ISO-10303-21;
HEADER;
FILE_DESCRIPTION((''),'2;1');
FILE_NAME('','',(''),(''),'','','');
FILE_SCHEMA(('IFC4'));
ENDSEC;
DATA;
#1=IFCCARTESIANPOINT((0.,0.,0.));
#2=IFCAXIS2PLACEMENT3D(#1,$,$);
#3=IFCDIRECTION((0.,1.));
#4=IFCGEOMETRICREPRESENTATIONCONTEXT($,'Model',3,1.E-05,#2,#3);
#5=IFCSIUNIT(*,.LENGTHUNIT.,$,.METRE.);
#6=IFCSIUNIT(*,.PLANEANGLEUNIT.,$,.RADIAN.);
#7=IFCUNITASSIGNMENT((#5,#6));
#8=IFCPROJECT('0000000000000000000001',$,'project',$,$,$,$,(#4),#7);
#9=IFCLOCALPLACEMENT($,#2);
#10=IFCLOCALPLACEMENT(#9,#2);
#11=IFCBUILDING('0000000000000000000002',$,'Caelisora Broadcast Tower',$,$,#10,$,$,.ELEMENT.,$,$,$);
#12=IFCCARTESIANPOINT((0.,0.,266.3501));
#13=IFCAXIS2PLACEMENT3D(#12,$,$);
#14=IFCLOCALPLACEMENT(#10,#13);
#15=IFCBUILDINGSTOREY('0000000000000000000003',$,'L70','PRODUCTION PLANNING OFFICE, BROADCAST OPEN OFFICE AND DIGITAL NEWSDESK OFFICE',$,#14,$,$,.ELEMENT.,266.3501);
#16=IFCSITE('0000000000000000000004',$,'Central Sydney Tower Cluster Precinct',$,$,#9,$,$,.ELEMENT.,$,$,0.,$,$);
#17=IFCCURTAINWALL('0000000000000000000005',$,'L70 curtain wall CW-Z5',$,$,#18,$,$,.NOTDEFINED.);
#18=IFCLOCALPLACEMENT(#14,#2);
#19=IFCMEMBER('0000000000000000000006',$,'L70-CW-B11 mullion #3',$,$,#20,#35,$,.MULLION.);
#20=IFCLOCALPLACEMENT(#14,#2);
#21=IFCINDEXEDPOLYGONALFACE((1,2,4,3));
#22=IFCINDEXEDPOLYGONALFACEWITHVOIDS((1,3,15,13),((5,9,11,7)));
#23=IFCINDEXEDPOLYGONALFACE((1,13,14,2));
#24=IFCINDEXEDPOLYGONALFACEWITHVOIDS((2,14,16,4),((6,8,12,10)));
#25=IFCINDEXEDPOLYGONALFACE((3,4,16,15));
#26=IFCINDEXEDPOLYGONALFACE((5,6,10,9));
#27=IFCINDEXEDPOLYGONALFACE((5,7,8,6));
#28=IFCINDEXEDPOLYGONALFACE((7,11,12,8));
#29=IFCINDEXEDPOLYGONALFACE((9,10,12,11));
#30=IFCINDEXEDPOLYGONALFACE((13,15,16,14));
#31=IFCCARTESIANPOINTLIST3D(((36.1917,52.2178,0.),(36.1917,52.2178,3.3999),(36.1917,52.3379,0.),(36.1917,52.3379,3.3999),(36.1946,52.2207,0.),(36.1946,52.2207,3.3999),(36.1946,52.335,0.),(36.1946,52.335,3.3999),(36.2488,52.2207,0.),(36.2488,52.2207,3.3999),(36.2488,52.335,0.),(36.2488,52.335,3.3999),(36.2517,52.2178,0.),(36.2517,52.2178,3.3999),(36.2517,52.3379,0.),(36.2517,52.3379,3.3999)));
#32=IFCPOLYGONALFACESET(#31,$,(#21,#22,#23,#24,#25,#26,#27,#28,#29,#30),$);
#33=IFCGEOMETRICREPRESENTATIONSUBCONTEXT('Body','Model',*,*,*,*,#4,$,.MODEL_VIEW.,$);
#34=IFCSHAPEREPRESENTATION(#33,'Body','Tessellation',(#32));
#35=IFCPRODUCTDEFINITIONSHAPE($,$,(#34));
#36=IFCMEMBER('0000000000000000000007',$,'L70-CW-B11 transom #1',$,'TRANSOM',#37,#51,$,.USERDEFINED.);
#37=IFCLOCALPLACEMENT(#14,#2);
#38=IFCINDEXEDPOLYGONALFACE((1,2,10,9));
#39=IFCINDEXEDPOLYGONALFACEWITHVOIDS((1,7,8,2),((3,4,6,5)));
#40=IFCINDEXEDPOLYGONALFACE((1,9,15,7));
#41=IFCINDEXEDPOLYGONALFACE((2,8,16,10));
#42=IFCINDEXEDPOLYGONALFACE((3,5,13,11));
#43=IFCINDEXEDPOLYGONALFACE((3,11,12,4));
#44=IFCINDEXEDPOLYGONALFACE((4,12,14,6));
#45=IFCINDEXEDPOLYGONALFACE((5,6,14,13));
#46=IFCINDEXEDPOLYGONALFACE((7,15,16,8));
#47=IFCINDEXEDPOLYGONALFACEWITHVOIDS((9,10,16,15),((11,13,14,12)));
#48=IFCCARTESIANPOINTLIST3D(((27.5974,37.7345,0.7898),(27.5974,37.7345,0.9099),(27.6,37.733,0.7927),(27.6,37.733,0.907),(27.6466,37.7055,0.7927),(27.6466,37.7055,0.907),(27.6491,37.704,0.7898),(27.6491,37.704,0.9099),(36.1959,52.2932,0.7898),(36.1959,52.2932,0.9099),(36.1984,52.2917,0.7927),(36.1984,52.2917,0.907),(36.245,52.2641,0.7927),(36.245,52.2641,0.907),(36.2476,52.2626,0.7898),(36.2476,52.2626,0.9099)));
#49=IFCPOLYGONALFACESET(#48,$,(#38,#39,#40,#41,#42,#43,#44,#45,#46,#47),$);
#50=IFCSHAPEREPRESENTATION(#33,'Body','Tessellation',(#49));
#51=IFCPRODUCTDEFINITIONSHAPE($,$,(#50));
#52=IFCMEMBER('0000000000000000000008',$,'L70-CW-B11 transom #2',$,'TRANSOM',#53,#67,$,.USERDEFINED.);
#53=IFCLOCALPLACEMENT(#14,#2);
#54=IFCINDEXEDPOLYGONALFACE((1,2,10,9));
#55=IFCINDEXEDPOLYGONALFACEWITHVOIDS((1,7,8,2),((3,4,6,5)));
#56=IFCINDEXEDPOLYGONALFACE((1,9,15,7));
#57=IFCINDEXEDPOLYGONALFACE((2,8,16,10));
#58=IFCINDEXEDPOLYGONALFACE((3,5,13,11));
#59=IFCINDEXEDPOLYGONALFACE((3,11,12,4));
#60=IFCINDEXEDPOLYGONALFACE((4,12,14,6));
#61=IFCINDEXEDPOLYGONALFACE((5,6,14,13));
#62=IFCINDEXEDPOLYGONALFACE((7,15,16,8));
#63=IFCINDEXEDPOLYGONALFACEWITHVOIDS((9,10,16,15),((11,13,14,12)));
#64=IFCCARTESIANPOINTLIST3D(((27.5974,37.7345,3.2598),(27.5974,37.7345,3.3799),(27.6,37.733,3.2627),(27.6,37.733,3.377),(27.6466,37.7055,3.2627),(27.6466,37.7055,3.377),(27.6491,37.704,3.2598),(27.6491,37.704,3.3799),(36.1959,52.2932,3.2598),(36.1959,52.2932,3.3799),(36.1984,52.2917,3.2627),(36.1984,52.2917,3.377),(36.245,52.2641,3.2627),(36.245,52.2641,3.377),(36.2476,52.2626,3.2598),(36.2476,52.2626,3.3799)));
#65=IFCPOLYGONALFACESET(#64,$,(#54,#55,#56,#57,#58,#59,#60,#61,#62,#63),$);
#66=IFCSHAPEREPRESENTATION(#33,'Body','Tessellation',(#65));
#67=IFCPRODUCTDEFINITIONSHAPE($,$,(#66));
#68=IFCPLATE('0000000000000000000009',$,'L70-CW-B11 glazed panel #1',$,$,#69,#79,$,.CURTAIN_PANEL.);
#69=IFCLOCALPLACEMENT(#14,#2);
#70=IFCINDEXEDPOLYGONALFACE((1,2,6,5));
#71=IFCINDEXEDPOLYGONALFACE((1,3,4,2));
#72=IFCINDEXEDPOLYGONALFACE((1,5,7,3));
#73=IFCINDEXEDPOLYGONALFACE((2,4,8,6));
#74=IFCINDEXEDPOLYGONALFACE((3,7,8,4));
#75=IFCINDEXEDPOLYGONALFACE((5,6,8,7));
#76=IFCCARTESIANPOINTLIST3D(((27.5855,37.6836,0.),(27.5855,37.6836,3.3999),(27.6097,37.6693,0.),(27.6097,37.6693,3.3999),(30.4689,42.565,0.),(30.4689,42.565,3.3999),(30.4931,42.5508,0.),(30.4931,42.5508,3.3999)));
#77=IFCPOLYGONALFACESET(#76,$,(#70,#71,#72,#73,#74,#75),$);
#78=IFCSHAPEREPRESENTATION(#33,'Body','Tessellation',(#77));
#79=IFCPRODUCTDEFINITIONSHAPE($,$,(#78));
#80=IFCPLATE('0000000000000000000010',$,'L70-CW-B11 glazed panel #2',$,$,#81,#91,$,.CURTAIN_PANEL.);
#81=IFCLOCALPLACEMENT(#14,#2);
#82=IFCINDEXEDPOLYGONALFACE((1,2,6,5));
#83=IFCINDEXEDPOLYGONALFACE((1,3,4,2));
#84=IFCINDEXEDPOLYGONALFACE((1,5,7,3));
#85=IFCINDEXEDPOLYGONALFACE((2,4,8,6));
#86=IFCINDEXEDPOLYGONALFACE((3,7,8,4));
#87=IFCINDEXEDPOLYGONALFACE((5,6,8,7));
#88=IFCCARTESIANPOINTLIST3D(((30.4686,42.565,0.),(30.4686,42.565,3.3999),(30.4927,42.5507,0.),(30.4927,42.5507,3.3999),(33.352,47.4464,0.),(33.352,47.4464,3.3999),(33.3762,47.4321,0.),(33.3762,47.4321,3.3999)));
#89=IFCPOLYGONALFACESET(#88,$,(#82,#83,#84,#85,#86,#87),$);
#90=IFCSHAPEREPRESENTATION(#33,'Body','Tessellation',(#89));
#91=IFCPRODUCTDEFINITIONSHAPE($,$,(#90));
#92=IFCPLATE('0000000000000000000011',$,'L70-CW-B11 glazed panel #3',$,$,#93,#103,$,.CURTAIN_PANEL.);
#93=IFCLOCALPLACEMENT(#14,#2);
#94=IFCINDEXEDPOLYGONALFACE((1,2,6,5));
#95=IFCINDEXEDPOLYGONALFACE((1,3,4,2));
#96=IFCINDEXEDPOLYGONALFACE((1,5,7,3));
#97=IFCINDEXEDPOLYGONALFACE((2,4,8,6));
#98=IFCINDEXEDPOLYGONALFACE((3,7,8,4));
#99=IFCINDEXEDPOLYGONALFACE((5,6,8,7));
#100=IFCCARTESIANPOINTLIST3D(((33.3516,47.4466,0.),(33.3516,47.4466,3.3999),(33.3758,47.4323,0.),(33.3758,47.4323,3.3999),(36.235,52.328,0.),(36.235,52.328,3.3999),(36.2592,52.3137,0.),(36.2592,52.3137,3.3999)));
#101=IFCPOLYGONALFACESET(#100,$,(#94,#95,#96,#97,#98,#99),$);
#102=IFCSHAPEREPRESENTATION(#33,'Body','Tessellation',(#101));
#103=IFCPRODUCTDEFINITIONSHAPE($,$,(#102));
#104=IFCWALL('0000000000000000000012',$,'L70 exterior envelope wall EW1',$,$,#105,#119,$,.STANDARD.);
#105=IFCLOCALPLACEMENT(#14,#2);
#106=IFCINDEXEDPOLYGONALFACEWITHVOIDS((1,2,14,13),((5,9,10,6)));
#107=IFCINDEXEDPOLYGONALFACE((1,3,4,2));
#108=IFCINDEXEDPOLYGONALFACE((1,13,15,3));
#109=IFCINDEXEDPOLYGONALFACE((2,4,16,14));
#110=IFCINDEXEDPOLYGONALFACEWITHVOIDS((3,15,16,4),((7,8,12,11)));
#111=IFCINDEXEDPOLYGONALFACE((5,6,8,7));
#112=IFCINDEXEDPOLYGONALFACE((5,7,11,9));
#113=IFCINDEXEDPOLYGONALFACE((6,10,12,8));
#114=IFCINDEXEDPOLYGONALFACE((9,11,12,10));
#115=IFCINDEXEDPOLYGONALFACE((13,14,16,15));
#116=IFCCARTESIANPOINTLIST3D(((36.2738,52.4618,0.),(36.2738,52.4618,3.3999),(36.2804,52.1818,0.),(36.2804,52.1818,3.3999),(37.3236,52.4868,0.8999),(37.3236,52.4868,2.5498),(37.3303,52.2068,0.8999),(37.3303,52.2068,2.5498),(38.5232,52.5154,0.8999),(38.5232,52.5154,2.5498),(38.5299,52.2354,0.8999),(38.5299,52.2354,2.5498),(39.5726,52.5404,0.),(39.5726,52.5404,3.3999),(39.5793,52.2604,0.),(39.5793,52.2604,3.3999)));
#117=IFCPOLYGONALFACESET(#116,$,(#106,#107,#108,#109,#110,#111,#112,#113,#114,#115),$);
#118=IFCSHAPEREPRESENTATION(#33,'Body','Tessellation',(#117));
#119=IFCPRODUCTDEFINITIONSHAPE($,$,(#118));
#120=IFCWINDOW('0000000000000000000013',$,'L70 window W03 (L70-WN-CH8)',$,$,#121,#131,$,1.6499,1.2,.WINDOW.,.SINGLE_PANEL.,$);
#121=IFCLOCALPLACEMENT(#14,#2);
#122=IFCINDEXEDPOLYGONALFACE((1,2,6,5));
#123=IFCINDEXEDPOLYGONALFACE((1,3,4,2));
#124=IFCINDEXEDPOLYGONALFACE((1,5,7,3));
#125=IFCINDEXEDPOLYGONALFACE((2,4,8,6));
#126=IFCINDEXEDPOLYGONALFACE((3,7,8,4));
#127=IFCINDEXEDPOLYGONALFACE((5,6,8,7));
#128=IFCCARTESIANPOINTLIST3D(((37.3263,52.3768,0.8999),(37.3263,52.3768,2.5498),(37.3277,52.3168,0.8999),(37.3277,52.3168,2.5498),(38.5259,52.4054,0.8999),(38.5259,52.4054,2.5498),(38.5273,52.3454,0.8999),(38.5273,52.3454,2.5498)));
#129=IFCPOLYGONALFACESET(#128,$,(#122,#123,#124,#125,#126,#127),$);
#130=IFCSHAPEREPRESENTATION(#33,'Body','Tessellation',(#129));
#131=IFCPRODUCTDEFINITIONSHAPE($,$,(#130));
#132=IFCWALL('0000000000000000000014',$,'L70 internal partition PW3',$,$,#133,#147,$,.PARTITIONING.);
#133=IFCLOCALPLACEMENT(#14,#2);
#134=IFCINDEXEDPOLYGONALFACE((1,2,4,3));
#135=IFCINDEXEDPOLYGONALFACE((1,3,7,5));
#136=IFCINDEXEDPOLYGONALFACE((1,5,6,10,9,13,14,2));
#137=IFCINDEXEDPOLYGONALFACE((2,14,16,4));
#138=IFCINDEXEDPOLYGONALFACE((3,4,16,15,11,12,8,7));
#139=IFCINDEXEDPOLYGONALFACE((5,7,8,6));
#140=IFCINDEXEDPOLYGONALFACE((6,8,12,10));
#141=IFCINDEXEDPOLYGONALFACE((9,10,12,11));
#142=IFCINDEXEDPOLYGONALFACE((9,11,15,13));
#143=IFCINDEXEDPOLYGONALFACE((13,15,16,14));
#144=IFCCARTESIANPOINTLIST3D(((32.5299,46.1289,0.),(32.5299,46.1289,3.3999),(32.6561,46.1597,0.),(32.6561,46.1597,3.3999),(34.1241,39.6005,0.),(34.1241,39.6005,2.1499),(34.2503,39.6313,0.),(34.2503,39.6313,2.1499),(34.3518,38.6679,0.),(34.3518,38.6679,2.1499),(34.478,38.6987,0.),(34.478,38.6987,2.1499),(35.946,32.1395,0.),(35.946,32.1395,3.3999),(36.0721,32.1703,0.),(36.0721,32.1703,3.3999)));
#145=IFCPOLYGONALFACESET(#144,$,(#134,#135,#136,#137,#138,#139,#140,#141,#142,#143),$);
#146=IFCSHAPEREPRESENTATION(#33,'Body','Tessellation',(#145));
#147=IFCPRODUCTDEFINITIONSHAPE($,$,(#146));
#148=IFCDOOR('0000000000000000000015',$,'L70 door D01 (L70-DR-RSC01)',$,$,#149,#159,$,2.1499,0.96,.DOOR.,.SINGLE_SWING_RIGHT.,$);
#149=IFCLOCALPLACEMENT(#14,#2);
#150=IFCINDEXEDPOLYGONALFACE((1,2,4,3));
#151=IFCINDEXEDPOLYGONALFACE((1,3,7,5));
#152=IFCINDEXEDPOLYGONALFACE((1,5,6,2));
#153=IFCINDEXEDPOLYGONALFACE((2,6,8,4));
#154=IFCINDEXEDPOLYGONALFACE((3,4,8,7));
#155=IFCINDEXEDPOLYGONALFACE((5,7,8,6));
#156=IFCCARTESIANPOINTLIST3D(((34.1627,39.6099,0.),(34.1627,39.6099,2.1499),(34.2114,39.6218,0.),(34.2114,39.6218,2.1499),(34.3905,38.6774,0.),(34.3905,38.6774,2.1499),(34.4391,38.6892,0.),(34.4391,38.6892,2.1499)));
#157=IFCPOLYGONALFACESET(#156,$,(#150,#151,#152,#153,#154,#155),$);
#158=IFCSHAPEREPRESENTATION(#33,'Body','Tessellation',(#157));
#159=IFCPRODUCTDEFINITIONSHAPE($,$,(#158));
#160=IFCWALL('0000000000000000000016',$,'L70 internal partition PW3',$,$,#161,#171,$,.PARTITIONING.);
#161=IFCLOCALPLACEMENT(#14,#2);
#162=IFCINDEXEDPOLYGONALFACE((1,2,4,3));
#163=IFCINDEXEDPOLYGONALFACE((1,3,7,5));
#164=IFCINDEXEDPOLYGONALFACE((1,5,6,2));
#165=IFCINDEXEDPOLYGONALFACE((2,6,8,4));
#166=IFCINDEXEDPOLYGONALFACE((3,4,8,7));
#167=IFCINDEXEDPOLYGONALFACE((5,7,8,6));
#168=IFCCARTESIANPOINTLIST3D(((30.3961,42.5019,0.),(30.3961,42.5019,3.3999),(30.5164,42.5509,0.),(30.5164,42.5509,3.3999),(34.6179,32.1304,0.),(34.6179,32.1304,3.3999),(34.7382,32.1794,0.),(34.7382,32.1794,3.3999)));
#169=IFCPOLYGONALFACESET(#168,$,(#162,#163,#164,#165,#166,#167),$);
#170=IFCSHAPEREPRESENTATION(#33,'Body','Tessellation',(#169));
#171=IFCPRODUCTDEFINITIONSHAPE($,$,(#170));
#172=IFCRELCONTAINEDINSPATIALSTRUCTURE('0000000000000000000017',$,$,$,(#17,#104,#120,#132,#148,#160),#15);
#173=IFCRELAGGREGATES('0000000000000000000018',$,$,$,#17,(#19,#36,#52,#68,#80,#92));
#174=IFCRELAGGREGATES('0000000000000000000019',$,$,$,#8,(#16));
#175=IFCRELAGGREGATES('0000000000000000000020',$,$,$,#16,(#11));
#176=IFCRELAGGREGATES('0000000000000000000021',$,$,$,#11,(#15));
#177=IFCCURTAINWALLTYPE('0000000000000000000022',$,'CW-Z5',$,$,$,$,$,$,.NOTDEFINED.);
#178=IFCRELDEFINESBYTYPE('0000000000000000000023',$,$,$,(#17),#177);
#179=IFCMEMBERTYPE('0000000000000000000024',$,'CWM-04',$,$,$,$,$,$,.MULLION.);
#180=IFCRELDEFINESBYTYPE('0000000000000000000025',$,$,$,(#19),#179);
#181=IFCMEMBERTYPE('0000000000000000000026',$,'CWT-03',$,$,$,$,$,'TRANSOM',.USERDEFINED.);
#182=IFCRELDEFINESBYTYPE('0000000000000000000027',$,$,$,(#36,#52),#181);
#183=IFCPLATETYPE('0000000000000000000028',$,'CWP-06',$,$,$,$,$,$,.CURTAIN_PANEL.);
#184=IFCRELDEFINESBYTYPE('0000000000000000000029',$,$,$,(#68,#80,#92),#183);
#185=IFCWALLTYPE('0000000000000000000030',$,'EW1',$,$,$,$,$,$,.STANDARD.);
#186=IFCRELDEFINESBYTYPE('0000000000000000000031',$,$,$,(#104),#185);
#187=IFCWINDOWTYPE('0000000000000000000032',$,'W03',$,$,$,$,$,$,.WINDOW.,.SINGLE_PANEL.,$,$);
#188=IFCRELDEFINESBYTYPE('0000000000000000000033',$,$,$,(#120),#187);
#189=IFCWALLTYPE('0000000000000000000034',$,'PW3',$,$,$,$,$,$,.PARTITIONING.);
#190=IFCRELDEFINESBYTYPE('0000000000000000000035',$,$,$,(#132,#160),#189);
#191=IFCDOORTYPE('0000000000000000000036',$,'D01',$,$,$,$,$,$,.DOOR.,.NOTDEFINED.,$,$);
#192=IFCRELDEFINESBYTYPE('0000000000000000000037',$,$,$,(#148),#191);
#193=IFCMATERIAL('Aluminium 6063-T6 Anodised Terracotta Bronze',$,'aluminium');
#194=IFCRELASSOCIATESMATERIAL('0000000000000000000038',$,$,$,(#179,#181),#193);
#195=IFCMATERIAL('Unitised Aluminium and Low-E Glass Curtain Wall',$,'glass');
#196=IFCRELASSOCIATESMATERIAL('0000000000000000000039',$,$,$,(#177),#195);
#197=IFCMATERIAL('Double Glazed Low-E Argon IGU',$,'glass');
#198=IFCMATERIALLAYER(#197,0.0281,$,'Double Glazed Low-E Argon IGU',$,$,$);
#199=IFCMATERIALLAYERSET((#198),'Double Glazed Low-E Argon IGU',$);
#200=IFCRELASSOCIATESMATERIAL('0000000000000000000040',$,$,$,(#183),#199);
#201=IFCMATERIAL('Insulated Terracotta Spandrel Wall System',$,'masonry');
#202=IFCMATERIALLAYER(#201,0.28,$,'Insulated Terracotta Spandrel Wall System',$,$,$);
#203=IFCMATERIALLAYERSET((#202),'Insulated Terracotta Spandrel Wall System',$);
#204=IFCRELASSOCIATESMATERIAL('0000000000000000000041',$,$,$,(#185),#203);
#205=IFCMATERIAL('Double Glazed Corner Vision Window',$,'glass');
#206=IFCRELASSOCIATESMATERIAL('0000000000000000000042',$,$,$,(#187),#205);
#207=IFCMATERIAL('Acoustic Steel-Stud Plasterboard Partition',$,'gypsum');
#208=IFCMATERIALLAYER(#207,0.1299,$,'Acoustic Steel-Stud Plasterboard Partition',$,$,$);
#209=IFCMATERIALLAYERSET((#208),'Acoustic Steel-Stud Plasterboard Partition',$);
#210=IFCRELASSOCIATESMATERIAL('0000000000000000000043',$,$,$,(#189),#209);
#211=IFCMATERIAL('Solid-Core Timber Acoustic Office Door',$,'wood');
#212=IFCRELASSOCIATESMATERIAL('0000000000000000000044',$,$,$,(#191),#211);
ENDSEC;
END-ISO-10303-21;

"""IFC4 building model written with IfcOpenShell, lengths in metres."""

from ifc_helpers import new_model, si_unit, direction, frame, frame_2d, origin, origin_2d, place, context, subcontext, project, spatial, rectangle, hollow_rectangle, extrude, source, transform, mapped, material, layer, layer_set, material_profile, profile_set, type_object, type_shapes, element, fill, aggregate, save


model = new_model("IFC4")

# Units and contexts
model_context = context("Model", 3, precision=1e-05, world=origin(), true_north=direction((0.0, 1.0)))
body_context = subcontext(model_context, "Body", "Model", "MODEL_VIEW")
ifc_project = project(units=[si_unit("LENGTHUNIT", "METRE"), si_unit("PLANEANGLEUNIT", "RADIAN")], contexts=[model_context])

# Site, building, storey
site_placement = place(None, origin())
site = spatial("IfcSite", under=ifc_project, at=site_placement, Name="Central Sydney Tower Cluster Precinct", CompositionType="ELEMENT", RefElevation=0.0)
building_placement = place(site_placement, origin())
building = spatial("IfcBuilding", under=site, at=building_placement, Name="Caelisora Broadcast Tower", CompositionType="ELEMENT")
storey_placement = place(building_placement, frame((0.0, 0.0, 266.3501)))
storey = spatial("IfcBuildingStorey", under=building, at=storey_placement, Name="L70", Description="PRODUCTION PLANNING OFFICE, BROADCAST OPEN OFFICE AND DIGITAL NEWSDESK OFFICE", CompositionType="ELEMENT", Elevation=266.3501)

# Shared definitions
ifc_material_1 = material(Name="Aluminium 6063-T6 Anodised Terracotta Bronze", Category="aluminium")
ifc_material_profile_1 = material_profile(ifc_material_1, hollow_rectangle(XDim=0.0601, YDim=0.1201, WallThickness=0.0029, at=origin_2d()), Name="Aluminium 6063-T6 Anodised Terracotta Bronze")
ifc_profile_set_1 = profile_set([ifc_material_profile_1], Name="Aluminium 6063-T6 Anodised Terracotta Bronze")
member_type_1 = type_object("IfcMemberType", Name="CWM-04", PredefinedType="MULLION", material=ifc_profile_set_1)
shared_shape_1 = source(origin(), body_context, "Body", "SweptSolid", [
    extrude(hollow_rectangle(XDim=0.0601, YDim=0.1201, WallThickness=0.0029, at=origin_2d()), origin(), (0.0, 0.0, 1.0), 3.3999),
])
type_shapes(member_type_1, [shared_shape_1])

# Curtain wall, members, plates
ifc_material_2 = material(Name="Unitised Aluminium and Low-E Glass Curtain Wall", Category="glass")
curtain_wall_type_1 = type_object("IfcCurtainWallType", Name="CW-Z5", PredefinedType="NOTDEFINED", material=ifc_material_2)
curtain_wall_1_placement = place(storey_placement, origin())
curtain_wall_1 = element("IfcCurtainWall", 1, at=curtain_wall_1_placement, inside=storey, type_object=curtain_wall_type_1, Name="L70 curtain wall CW-Z5", PredefinedType="NOTDEFINED")
member_1_placement = place(storey_placement, frame((36.2217, 52.2778, 0.0), z_axis=(0.0, 0.0, 1.0), x_axis=(1.0, 0.0, 0.0)))
member_1 = element("IfcMember", 2, at=member_1_placement, type_object=member_type_1, Name="L70-CW-B11 mullion #3", PredefinedType="MULLION", context=body_context, shape_type="MappedRepresentation", body=[
    mapped(shared_shape_1, transform((0.0, 0.0, 0.0), scale=1.0)),
])
ifc_material_profile_2 = material_profile(ifc_material_1, hollow_rectangle(XDim=0.0601, YDim=0.1201, WallThickness=0.0029, at=origin_2d()), Name="Aluminium 6063-T6 Anodised Terracotta Bronze")
ifc_profile_set_2 = profile_set([ifc_material_profile_2], Name="Aluminium 6063-T6 Anodised Terracotta Bronze")
member_type_2 = type_object("IfcMemberType", Name="CWT-03", ElementType="TRANSOM", PredefinedType="USERDEFINED", material=ifc_profile_set_2)
shared_shape_2 = source(origin(), body_context, "Body", "SweptSolid", [
    extrude(hollow_rectangle(XDim=0.0601, YDim=0.1201, WallThickness=0.0029, at=origin_2d()), origin(), (0.0, 0.0, 1.0), 16.9082),
])
type_shapes(member_type_2, [shared_shape_2])
member_2_placement = place(storey_placement, frame((27.6233, 37.7192, 0.8499), z_axis=(0.508536, 0.861041, 0.0), x_axis=(-0.861041, 0.508536, 0.0)))
member_2 = element("IfcMember", 3, at=member_2_placement, type_object=member_type_2, Name="L70-CW-B11 transom #1", ObjectType="TRANSOM", PredefinedType="USERDEFINED", context=body_context, shape_type="MappedRepresentation", body=[
    mapped(shared_shape_2, transform((0.0, 0.0, 0.0), scale=1.0)),
])
member_3_placement = place(storey_placement, frame((27.6233, 37.7192, 3.3198), z_axis=(0.508536, 0.861041, 0.0), x_axis=(-0.861041, 0.508536, 0.0)))
member_3 = element("IfcMember", 4, at=member_3_placement, type_object=member_type_2, Name="L70-CW-B11 transom #2", ObjectType="TRANSOM", PredefinedType="USERDEFINED", context=body_context, shape_type="MappedRepresentation", body=[
    mapped(shared_shape_2, transform((0.0, 0.0, 0.0), scale=1.0)),
])
ifc_material_3 = material(Name="Double Glazed Low-E Argon IGU", Category="glass")
ifc_layer_1 = layer(ifc_material_3, 0.0281, Name="Double Glazed Low-E Argon IGU")
ifc_layer_set_1 = layer_set([ifc_layer_1], Name="Double Glazed Low-E Argon IGU")
plate_type = type_object("IfcPlateType", Name="CWP-06", PredefinedType="CURTAIN_PANEL", material=ifc_layer_set_1)
shared_shape_3 = source(origin(), body_context, "Body", "SweptSolid", [
    extrude(rectangle(XDim=5.6694, YDim=0.0281, at=origin_2d()), origin(), (0.0, 0.0, 1.0), 3.3999),
])
type_shapes(plate_type, [shared_shape_3])
plate_1_placement = place(storey_placement, frame((29.0393, 40.1172, 0.0), z_axis=(0.0, 0.0, 1.0), x_axis=(0.508591, 0.861008, 0.0)))
plate_1 = element("IfcPlate", 5, at=plate_1_placement, type_object=plate_type, Name="L70-CW-B11 glazed panel #1", PredefinedType="CURTAIN_PANEL", context=body_context, shape_type="MappedRepresentation", body=[
    mapped(shared_shape_3, transform((0.0, 0.0, 0.0), scale=1.0)),
])
plate_2_placement = place(storey_placement, frame((31.9224, 44.9985, 0.0), z_axis=(0.0, 0.0, 1.0), x_axis=(0.508591, 0.861008, 0.0)))
plate_2 = element("IfcPlate", 6, at=plate_2_placement, type_object=plate_type, Name="L70-CW-B11 glazed panel #2", PredefinedType="CURTAIN_PANEL", context=body_context, shape_type="MappedRepresentation", body=[
    mapped(shared_shape_3, transform((0.0, 0.0, 0.0), scale=1.0)),
])
plate_3_placement = place(storey_placement, frame((34.8054, 49.8801, 0.0), z_axis=(0.0, 0.0, 1.0), x_axis=(0.508591, 0.861008, 0.0)))
plate_3 = element("IfcPlate", 7, at=plate_3_placement, type_object=plate_type, Name="L70-CW-B11 glazed panel #3", PredefinedType="CURTAIN_PANEL", context=body_context, shape_type="MappedRepresentation", body=[
    mapped(shared_shape_3, transform((0.0, 0.0, 0.0), scale=1.0)),
])
aggregate(curtain_wall_1, [member_1, member_2, member_3, plate_1, plate_2, plate_3])

# Wall, opening, window
ifc_material_4 = material(Name="Insulated Terracotta Spandrel Wall System", Category="masonry")
ifc_layer_2 = layer(ifc_material_4, 0.28, Name="Insulated Terracotta Spandrel Wall System")
ifc_layer_set_2 = layer_set([ifc_layer_2], Name="Insulated Terracotta Spandrel Wall System")
wall_type_1 = type_object("IfcWallType", Name="EW1", PredefinedType="STANDARD", material=ifc_layer_set_2)
wall_1_placement = place(storey_placement, frame((36.2771, 52.3218, 0.0), z_axis=(0.0, 0.0, 1.0), x_axis=(0.999716, 0.023824, 0.0)))
wall_1 = element("IfcWall", 8, at=wall_1_placement, inside=storey, type_object=wall_type_1, Name="L70 exterior envelope wall EW1", PredefinedType="STANDARD", context=body_context, shape_type="SweptSolid", body=[
    extrude(rectangle(XDim=3.2998, YDim=0.28, at=frame_2d((1.6499, 0.0))), origin(), (0.0, 0.0, 1.0), 3.3999),
])
opening_1_placement = place(wall_1_placement, frame((1.05, 0.0, 0.8999)))
opening_1 = element("IfcOpeningElement", 9, at=opening_1_placement, cuts=wall_1, PredefinedType="OPENING", context=body_context, shape_type="SweptSolid", body=[
    extrude(rectangle(XDim=1.2, YDim=1.6499, at=frame_2d((0.6001, 0.825))), frame((0.0, 0.1521, 0.0), z_axis=(0.0, -1.0, 0.0), x_axis=(1.0, 0.0, 0.0)), (0.0, 0.0, 1.0), 0.304),
])
ifc_material_5 = material(Name="Double Glazed Corner Vision Window", Category="glass")
window_type = type_object("IfcWindowType", Name="W03", PartitioningType="SINGLE_PANEL", PredefinedType="WINDOW", material=ifc_material_5)
window_placement = place(opening_1_placement, origin())
window = element("IfcWindow", 10, at=window_placement, inside=storey, type_object=window_type, Name="L70 window W03 (L70-WN-CH8)", OverallHeight=1.6499, OverallWidth=1.2, PartitioningType="SINGLE_PANEL", PredefinedType="WINDOW", context=body_context, shape_type="SweptSolid", body=[
    extrude(rectangle(XDim=1.2, YDim=1.6499, at=frame_2d((0.6001, 0.825))), frame((0.0, 0.03, 0.0), z_axis=(0.0, -1.0, 0.0), x_axis=(1.0, 0.0, 0.0)), (0.0, 0.0, 1.0), 0.0601),
])
fill(opening_1, window)

# Wall, opening, door
ifc_material_6 = material(Name="Acoustic Steel-Stud Plasterboard Partition", Category="gypsum")
ifc_layer_3 = layer(ifc_material_6, 0.1299, Name="Acoustic Steel-Stud Plasterboard Partition")
ifc_layer_set_3 = layer_set([ifc_layer_3], Name="Acoustic Steel-Stud Plasterboard Partition")
wall_type_2 = type_object("IfcWallType", Name="PW3", PredefinedType="PARTITIONING", material=ifc_layer_set_3)
wall_2_placement = place(storey_placement, frame((32.593, 46.1443, 0.0), z_axis=(0.0, 0.0, 1.0), x_axis=(0.237218, -0.971456, 0.0)))
wall_2 = element("IfcWall", 11, at=wall_2_placement, inside=storey, type_object=wall_type_2, Name="L70 internal partition PW3", PredefinedType="PARTITIONING", context=body_context, shape_type="SweptSolid", body=[
    extrude(rectangle(XDim=14.4004, YDim=0.1299, at=frame_2d((7.2002, 0.0))), origin(), (0.0, 0.0, 1.0), 3.3999),
])
opening_2_placement = place(wall_2_placement, frame((6.7202, 0.0, 0.0)))
opening_2 = element("IfcOpeningElement", 12, at=opening_2_placement, cuts=wall_2, PredefinedType="OPENING", context=body_context, shape_type="SweptSolid", body=[
    extrude(rectangle(XDim=0.96, YDim=2.1499, at=frame_2d((0.48, 1.075))), frame((0.0, 0.0769, 0.0), z_axis=(0.0, -1.0, 0.0), x_axis=(1.0, 0.0, 0.0)), (0.0, 0.0, 1.0), 0.1538),
])
ifc_material_7 = material(Name="Solid-Core Timber Acoustic Office Door", Category="wood")
door_type = type_object("IfcDoorType", Name="D01", OperationType="NOTDEFINED", PredefinedType="DOOR", material=ifc_material_7)
door_placement = place(opening_2_placement, origin())
door = element("IfcDoor", 13, at=door_placement, inside=storey, type_object=door_type, Name="L70 door D01 (L70-DR-RSC01)", OperationType="SINGLE_SWING_RIGHT", OverallHeight=2.1499, OverallWidth=0.96, PredefinedType="DOOR", context=body_context, shape_type="SweptSolid", body=[
    extrude(rectangle(XDim=0.96, YDim=2.1499, at=frame_2d((0.48, 1.075))), frame((0.0, 0.0249, 0.0), z_axis=(0.0, -1.0, 0.0), x_axis=(1.0, 0.0, 0.0)), (0.0, 0.0, 1.0), 0.05),
])
fill(opening_2, door)

# Wall
wall_3_placement = place(storey_placement, frame((30.4563, 42.5264, 0.0), z_axis=(0.0, 0.0, 1.0), x_axis=(0.377015, -0.926207, 0.0)))
element("IfcWall", 14, at=wall_3_placement, inside=storey, type_object=wall_type_2, Name="L70 internal partition PW3", PredefinedType="PARTITIONING", context=body_context, shape_type="SweptSolid", body=[
    extrude(rectangle(XDim=11.1978, YDim=0.1299, at=frame_2d((5.5989, 0.0))), origin(), (0.0, 0.0, 1.0), 3.3999),
])

save(model, "model.ifc")
